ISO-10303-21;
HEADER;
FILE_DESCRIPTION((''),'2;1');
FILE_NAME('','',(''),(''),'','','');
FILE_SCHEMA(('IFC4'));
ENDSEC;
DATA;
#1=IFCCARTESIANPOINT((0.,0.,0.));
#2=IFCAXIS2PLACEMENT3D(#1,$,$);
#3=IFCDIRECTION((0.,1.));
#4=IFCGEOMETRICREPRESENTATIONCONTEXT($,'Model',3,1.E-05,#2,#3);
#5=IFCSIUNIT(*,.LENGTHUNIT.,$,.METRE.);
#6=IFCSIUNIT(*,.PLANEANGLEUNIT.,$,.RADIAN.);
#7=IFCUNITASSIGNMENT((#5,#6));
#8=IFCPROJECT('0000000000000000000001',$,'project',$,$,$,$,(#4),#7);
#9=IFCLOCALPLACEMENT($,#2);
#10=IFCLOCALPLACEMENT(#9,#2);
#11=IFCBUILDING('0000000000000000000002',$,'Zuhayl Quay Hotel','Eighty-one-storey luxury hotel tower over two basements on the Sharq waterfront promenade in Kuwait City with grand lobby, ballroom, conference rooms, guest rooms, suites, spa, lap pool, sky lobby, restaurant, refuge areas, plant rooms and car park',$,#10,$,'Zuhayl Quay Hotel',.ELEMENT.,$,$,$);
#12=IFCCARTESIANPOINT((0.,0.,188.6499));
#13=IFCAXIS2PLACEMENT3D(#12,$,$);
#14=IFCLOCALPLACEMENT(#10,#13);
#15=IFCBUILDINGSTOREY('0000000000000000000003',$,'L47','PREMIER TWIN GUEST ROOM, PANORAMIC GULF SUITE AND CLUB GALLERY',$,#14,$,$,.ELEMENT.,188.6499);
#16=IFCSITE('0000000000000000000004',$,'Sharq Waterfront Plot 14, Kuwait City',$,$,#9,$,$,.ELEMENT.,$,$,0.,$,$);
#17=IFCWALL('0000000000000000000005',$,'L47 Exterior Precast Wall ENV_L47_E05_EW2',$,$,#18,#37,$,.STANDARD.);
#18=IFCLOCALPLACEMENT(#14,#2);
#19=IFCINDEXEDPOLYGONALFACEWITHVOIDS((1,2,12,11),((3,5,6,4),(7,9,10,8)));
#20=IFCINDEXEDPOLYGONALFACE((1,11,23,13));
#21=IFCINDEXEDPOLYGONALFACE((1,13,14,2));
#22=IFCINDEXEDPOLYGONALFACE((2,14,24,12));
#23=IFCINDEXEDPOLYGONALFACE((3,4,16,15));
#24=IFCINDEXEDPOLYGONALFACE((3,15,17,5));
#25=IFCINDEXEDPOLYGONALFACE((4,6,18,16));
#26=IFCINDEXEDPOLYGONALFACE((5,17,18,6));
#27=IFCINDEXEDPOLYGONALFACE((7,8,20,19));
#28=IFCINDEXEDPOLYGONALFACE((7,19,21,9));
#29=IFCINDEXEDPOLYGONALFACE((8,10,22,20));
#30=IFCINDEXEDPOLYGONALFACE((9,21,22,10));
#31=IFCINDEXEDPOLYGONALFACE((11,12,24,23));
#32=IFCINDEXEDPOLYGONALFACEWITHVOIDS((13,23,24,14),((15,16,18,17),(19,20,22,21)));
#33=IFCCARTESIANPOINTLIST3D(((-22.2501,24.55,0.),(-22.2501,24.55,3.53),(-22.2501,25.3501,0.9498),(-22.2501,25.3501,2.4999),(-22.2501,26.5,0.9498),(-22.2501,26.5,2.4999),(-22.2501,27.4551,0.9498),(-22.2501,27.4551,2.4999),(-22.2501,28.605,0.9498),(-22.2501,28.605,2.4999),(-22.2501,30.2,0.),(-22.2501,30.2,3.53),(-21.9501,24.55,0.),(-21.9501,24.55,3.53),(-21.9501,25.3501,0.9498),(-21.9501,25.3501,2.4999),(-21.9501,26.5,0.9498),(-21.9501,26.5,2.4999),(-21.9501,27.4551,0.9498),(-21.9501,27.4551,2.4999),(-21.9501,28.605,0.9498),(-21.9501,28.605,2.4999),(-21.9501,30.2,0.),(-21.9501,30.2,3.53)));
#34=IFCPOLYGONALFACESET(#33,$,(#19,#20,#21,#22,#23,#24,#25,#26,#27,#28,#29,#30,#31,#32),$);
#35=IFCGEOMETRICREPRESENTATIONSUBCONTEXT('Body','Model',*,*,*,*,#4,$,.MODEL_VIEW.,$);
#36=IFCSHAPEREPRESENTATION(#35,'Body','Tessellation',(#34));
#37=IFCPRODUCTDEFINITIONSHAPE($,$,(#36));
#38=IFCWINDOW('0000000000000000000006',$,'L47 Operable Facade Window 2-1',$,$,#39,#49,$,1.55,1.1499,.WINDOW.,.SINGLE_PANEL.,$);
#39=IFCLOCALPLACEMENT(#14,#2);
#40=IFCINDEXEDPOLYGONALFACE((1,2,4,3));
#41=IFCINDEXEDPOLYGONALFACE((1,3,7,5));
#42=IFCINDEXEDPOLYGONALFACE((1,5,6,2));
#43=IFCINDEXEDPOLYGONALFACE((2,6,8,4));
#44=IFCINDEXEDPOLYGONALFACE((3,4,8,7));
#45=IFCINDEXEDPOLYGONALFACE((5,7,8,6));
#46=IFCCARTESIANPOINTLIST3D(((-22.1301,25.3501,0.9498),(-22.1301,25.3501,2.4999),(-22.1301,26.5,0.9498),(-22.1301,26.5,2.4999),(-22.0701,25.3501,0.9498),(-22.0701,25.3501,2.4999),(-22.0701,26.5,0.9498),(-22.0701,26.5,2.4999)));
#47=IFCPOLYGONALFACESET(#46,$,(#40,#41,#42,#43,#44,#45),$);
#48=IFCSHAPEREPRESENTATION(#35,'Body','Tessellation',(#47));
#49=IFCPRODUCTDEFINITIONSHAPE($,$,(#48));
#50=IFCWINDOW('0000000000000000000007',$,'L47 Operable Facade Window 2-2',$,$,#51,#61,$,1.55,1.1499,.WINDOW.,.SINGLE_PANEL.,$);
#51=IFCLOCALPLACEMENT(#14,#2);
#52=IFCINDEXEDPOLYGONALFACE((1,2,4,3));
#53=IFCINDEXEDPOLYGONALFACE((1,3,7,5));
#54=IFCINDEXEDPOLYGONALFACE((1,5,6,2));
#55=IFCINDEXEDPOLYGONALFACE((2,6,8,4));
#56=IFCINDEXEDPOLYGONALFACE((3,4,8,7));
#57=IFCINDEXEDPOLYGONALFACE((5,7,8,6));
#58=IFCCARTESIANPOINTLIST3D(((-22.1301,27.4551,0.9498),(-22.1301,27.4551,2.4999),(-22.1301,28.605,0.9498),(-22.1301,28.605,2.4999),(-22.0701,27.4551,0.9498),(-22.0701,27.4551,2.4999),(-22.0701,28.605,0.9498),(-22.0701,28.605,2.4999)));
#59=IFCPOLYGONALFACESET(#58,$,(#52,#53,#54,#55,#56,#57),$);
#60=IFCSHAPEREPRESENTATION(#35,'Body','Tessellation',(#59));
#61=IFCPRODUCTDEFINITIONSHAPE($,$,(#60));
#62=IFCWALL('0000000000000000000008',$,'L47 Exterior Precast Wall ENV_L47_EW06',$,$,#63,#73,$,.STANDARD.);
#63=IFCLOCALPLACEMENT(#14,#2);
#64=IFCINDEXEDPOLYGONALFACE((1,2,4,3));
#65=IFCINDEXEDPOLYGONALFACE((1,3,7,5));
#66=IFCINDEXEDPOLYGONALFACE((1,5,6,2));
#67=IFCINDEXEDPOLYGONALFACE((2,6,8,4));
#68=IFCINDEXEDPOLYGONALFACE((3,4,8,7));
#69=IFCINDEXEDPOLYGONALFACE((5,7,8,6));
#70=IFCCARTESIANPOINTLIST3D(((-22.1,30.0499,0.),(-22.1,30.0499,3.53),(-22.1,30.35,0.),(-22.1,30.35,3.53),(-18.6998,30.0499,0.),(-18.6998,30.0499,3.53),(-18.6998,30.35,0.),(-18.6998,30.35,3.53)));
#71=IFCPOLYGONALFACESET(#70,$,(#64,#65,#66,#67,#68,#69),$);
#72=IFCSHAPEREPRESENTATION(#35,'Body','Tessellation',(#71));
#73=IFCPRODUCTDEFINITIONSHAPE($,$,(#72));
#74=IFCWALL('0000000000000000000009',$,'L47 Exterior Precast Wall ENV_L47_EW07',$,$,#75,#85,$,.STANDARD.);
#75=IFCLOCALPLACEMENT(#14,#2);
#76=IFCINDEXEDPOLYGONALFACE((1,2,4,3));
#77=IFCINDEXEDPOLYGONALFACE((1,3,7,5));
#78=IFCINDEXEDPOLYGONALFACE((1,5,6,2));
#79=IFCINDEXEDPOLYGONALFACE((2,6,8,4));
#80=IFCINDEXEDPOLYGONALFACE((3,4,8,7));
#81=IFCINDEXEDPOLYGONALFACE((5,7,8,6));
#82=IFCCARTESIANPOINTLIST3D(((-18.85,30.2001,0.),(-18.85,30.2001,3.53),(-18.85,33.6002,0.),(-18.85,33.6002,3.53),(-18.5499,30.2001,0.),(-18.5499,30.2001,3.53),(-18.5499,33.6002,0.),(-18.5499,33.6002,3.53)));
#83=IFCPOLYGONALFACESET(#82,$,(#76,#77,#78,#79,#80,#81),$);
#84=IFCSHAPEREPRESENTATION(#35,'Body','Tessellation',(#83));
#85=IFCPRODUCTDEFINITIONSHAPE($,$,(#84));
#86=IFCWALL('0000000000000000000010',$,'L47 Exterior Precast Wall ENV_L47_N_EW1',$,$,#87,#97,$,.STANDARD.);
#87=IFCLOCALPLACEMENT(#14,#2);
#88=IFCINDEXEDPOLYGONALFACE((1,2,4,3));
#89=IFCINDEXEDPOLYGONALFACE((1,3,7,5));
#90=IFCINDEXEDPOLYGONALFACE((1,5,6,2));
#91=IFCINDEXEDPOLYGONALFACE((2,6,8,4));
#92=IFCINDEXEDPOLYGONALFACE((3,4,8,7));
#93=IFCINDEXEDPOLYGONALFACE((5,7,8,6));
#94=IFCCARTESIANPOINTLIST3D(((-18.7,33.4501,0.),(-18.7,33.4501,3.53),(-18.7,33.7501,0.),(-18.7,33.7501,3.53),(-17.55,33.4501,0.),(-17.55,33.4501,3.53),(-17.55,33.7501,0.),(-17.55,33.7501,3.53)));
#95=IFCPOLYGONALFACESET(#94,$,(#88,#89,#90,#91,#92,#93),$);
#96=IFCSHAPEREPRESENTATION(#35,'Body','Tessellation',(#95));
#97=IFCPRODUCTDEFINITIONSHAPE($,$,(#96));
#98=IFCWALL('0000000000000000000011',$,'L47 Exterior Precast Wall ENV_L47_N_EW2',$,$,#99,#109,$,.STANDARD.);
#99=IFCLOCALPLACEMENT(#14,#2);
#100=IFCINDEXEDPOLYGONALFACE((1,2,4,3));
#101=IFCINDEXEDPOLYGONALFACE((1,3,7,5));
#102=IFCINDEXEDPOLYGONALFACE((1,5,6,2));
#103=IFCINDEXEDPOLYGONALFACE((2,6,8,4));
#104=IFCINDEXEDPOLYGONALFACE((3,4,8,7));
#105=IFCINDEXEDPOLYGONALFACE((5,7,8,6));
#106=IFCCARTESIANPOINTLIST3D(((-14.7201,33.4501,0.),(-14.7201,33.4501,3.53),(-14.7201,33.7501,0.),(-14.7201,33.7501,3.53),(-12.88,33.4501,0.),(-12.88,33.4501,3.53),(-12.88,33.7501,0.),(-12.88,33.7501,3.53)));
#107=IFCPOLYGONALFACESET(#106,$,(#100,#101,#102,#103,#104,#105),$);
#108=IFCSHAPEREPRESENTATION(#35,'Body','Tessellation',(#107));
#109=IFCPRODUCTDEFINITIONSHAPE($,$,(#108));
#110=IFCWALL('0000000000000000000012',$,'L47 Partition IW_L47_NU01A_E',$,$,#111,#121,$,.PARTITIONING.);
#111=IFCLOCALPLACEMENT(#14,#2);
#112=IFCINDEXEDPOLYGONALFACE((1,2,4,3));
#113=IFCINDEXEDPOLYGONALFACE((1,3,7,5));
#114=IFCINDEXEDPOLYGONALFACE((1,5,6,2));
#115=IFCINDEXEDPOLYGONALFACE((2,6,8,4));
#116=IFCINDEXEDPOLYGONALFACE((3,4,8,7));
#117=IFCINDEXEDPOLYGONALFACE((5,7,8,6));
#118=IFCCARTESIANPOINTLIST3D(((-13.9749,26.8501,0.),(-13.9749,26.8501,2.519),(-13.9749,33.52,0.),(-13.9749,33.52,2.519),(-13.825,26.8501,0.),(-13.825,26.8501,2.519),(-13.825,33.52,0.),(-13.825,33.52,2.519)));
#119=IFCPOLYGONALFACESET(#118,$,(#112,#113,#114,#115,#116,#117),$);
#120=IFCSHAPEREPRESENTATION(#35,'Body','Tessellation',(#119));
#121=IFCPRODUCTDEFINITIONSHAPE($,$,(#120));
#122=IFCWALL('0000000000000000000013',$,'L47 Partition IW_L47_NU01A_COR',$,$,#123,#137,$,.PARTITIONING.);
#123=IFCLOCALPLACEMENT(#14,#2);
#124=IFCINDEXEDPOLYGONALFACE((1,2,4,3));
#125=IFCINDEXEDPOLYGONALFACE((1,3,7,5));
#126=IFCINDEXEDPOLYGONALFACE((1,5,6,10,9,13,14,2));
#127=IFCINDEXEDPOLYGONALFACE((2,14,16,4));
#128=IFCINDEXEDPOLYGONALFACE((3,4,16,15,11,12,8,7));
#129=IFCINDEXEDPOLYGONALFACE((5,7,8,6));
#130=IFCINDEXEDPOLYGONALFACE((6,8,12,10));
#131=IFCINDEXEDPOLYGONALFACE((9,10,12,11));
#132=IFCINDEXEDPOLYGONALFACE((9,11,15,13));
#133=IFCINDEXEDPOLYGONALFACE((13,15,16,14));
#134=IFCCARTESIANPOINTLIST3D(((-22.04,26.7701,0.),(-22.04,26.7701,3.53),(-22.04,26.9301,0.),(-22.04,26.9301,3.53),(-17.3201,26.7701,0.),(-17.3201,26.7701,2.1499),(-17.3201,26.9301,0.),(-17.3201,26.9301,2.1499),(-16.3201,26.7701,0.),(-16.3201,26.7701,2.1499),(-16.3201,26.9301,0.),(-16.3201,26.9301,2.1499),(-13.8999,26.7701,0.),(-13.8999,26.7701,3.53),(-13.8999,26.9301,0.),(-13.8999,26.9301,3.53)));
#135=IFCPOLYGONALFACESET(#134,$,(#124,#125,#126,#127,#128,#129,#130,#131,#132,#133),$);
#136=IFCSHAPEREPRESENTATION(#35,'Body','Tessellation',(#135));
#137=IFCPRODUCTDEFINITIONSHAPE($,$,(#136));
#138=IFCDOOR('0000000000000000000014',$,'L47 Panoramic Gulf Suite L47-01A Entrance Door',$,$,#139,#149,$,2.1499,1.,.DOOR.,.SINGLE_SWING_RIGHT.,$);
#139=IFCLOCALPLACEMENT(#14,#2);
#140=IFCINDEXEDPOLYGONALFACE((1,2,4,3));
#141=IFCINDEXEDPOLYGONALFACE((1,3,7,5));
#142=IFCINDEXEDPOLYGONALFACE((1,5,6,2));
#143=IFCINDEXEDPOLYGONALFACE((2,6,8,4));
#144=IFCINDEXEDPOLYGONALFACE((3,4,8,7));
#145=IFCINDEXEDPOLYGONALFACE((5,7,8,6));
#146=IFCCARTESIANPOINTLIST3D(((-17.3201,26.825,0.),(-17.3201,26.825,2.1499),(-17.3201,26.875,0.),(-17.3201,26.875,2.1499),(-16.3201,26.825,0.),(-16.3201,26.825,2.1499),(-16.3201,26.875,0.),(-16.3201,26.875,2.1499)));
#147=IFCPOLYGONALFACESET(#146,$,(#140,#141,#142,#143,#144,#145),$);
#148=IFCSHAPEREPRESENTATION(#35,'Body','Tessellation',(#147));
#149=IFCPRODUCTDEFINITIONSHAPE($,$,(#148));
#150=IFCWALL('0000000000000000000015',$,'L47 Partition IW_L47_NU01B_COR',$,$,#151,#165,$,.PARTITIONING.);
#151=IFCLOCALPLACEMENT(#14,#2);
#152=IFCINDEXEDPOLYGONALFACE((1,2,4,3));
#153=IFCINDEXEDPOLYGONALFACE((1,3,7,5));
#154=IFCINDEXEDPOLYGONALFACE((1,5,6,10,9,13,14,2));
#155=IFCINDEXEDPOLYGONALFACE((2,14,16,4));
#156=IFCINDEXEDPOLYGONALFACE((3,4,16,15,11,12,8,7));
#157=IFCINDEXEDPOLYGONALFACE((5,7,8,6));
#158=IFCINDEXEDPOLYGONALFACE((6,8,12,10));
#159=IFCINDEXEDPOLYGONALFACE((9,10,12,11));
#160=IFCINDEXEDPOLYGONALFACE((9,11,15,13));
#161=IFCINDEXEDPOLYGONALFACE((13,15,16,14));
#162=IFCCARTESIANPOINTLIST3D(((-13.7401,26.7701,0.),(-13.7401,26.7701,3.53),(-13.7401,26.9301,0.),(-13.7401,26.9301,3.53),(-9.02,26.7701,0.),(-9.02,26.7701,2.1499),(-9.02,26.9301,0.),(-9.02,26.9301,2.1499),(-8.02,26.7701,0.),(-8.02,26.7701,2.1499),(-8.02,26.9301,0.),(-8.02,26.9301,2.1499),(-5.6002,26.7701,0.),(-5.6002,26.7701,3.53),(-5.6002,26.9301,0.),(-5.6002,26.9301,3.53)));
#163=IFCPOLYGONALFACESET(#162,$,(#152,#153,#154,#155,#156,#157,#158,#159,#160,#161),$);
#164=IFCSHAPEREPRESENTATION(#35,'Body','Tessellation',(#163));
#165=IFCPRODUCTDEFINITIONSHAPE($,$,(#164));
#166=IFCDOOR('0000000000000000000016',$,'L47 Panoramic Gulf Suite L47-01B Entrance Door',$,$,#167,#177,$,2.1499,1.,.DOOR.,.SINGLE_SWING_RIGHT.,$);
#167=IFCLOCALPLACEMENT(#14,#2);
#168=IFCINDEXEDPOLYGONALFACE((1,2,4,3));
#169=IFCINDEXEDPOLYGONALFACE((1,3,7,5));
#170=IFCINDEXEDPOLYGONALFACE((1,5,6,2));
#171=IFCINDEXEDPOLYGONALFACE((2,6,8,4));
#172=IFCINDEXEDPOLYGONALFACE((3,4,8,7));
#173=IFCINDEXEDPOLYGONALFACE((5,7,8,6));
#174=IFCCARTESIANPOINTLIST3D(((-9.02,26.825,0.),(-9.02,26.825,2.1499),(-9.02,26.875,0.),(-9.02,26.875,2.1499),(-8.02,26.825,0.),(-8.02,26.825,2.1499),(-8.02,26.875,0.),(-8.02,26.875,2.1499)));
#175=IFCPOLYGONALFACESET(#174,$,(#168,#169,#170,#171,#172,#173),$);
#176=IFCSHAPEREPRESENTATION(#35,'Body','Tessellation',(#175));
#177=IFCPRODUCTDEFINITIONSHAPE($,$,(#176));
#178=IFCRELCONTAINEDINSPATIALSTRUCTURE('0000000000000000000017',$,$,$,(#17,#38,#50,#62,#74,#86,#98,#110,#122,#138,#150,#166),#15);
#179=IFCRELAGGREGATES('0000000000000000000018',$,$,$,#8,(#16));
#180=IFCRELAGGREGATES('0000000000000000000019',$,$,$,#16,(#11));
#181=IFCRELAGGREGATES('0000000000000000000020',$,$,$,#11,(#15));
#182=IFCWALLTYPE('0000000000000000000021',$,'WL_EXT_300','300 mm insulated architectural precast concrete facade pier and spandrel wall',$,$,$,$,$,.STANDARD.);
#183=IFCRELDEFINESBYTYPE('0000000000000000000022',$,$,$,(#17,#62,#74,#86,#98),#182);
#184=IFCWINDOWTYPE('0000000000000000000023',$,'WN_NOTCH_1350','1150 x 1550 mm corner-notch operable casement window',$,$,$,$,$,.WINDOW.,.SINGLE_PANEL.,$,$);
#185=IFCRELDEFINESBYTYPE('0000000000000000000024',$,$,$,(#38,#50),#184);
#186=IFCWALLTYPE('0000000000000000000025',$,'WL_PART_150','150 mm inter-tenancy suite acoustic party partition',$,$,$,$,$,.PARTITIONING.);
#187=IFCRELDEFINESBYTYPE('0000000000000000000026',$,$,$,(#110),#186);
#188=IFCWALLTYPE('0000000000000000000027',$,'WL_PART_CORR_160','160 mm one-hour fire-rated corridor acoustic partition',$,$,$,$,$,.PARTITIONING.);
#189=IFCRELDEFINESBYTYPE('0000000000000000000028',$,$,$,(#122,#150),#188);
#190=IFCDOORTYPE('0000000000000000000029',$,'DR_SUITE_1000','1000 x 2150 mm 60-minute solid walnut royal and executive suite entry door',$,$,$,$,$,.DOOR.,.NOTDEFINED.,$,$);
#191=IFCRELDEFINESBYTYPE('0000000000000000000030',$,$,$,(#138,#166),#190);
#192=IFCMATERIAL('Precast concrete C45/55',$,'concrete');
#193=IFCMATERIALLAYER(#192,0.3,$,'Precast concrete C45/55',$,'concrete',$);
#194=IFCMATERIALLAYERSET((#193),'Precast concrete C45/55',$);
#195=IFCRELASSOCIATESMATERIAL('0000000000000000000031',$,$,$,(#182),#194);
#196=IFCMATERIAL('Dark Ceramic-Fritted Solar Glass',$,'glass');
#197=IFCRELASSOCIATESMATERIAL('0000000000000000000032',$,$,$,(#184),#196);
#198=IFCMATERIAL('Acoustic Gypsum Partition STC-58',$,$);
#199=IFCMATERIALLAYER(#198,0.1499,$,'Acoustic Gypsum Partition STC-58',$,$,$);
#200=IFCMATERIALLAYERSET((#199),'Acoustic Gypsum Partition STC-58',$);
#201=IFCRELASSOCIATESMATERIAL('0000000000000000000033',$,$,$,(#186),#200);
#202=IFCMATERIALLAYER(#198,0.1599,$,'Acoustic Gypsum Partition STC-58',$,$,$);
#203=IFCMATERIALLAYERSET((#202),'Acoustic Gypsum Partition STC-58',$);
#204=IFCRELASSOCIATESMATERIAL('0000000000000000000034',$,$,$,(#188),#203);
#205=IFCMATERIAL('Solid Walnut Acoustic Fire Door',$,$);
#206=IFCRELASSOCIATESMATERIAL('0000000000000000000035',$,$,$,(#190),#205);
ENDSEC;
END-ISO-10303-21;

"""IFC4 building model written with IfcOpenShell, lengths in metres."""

from ifc_helpers import new_model, si_unit, direction, frame, frame_2d, origin, place, context, subcontext, project, spatial, rectangle, extrude, material, layer, layer_set, type_object, element, fill, save


model = new_model("IFC4")

# Units and contexts
model_context = context("Model", 3, precision=1e-05, world=origin(), true_north=direction((0.0, 1.0)))
body_context = subcontext(model_context, "Body", "Model", "MODEL_VIEW")
ifc_project = project(units=[si_unit("LENGTHUNIT", "METRE"), si_unit("PLANEANGLEUNIT", "RADIAN")], contexts=[model_context])

# Site, building, storey
site_placement = place(None, origin())
site = spatial("IfcSite", under=ifc_project, at=site_placement, Name="Sharq Waterfront Plot 14, Kuwait City", CompositionType="ELEMENT", RefElevation=0.0)
building_placement = place(site_placement, origin())
building = spatial("IfcBuilding", under=site, at=building_placement, Name="Zuhayl Quay Hotel", Description="Eighty-one-storey luxury hotel tower over two basements on the Sharq waterfront promenade in Kuwait City with grand lobby, ballroom, conference rooms, guest rooms, suites, spa, lap pool, sky lobby, restaurant, refuge areas, plant rooms and car park", LongName="Zuhayl Quay Hotel", CompositionType="ELEMENT")
storey_placement = place(building_placement, frame((0.0, 0.0, 188.6499)))
storey = spatial("IfcBuildingStorey", under=building, at=storey_placement, Name="L47", Description="PREMIER TWIN GUEST ROOM, PANORAMIC GULF SUITE AND CLUB GALLERY", CompositionType="ELEMENT", Elevation=188.6499)

# Shared definitions
ifc_material_1 = material(Name="Dark Ceramic-Fritted Solar Glass", Category="glass")

# Wall, openings, windows
ifc_material_2 = material(Name="Precast concrete C45/55", Category="concrete")
ifc_layer_1 = layer(ifc_material_2, 0.3, Name="Precast concrete C45/55", Category="concrete")
ifc_layer_set_1 = layer_set([ifc_layer_1], Name="Precast concrete C45/55")
wall_type_1 = type_object("IfcWallType", Name="WL_EXT_300", Description="300 mm insulated architectural precast concrete facade pier and spandrel wall", PredefinedType="STANDARD", material=ifc_layer_set_1)
wall_1_placement = place(storey_placement, frame((-22.1001, 24.55, 0.0), z_axis=(0.0, 0.0, 1.0), x_axis=(0.0, 1.0, 0.0)))
wall_1 = element("IfcWall", 1, at=wall_1_placement, inside=storey, type_object=wall_type_1, Name="L47 Exterior Precast Wall ENV_L47_E05_EW2", PredefinedType="STANDARD", context=body_context, shape_type="SweptSolid", body=[
    extrude(rectangle(XDim=5.6499, YDim=0.3, at=frame_2d((2.825, 0.0))), origin(), (0.0, 0.0, 1.0), 3.53),
])
opening_1_placement = place(wall_1_placement, frame((0.8, 0.0, 0.95)))
opening_1 = element("IfcOpeningElement", 2, at=opening_1_placement, cuts=wall_1, PredefinedType="OPENING", context=body_context, shape_type="SweptSolid", body=[
    extrude(rectangle(XDim=1.1499, YDim=1.55, at=frame_2d((0.575, 0.7749))), frame((0.0, 0.1599, 0.0), z_axis=(0.0, -1.0, 0.0), x_axis=(1.0, 0.0, 0.0)), (0.0, 0.0, 1.0), 0.3201),
])
opening_2_placement = place(wall_1_placement, frame((2.905, 0.0, 0.95)))
opening_2 = element("IfcOpeningElement", 3, at=opening_2_placement, cuts=wall_1, PredefinedType="OPENING", context=body_context, shape_type="SweptSolid", body=[
    extrude(rectangle(XDim=1.1499, YDim=1.55, at=frame_2d((0.575, 0.7749))), frame((0.0, 0.1599, 0.0), z_axis=(0.0, -1.0, 0.0), x_axis=(1.0, 0.0, 0.0)), (0.0, 0.0, 1.0), 0.3201),
])
window_type = type_object("IfcWindowType", Name="WN_NOTCH_1350", Description="1150 x 1550 mm corner-notch operable casement window", PartitioningType="SINGLE_PANEL", PredefinedType="WINDOW", material=ifc_material_1)
window_1_placement = place(opening_1_placement, origin())
window_1 = element("IfcWindow", 4, at=window_1_placement, inside=storey, type_object=window_type, Name="L47 Operable Facade Window 2-1", OverallHeight=1.55, OverallWidth=1.1499, PartitioningType="SINGLE_PANEL", PredefinedType="WINDOW", context=body_context, shape_type="SweptSolid", body=[
    extrude(rectangle(XDim=1.1499, YDim=1.55, at=frame_2d((0.575, 0.7749))), frame((0.0, 0.03, 0.0), z_axis=(0.0, -1.0, 0.0), x_axis=(1.0, 0.0, 0.0)), (0.0, 0.0, 1.0), 0.0601),
])
fill(opening_1, window_1)
window_2_placement = place(opening_2_placement, origin())
window_2 = element("IfcWindow", 5, at=window_2_placement, inside=storey, type_object=window_type, Name="L47 Operable Facade Window 2-2", OverallHeight=1.55, OverallWidth=1.1499, PartitioningType="SINGLE_PANEL", PredefinedType="WINDOW", context=body_context, shape_type="SweptSolid", body=[
    extrude(rectangle(XDim=1.1499, YDim=1.55, at=frame_2d((0.575, 0.7749))), frame((0.0, 0.03, 0.0), z_axis=(0.0, -1.0, 0.0), x_axis=(1.0, 0.0, 0.0)), (0.0, 0.0, 1.0), 0.0601),
])
fill(opening_2, window_2)

# Walls
for number, where, z_axis, x_axis, name in (
    (6, (-22.1001, 30.2, 0.0), (0.0, 0.0, 1.0), (1.0, 0.0, 0.0), "L47 Exterior Precast Wall ENV_L47_EW06"),
    (7, (-18.7, 30.2, 0.0), (0.0, 0.0, 1.0), (0.0, 1.0, 0.0), "L47 Exterior Precast Wall ENV_L47_EW07"),
):
    element("IfcWall", number, at=place(storey_placement, frame(where, z_axis=z_axis, x_axis=x_axis)), inside=storey, type_object=wall_type_1, Name=name, PredefinedType="STANDARD", context=body_context, shape_type="SweptSolid", body=[
        extrude(rectangle(XDim=3.4001, YDim=0.3, at=frame_2d((1.7002, 0.0))), origin(), (0.0, 0.0, 1.0), 3.53),
    ])
wall_2_placement = place(storey_placement, frame((-18.7, 33.6001, 0.0), z_axis=(0.0, 0.0, 1.0), x_axis=(1.0, 0.0, 0.0)))
element("IfcWall", 8, at=wall_2_placement, inside=storey, type_object=wall_type_1, Name="L47 Exterior Precast Wall ENV_L47_N_EW1", PredefinedType="STANDARD", context=body_context, shape_type="SweptSolid", body=[
    extrude(rectangle(XDim=1.1499, YDim=0.3, at=frame_2d((0.575, 0.0))), origin(), (0.0, 0.0, 1.0), 3.53),
])
wall_3_placement = place(storey_placement, frame((-14.72, 33.6001, 0.0), z_axis=(0.0, 0.0, 1.0), x_axis=(1.0, 0.0, 0.0)))
element("IfcWall", 9, at=wall_3_placement, inside=storey, type_object=wall_type_1, Name="L47 Exterior Precast Wall ENV_L47_N_EW2", PredefinedType="STANDARD", context=body_context, shape_type="SweptSolid", body=[
    extrude(rectangle(XDim=1.8401, YDim=0.3, at=frame_2d((0.9199, 0.0))), origin(), (0.0, 0.0, 1.0), 3.53),
])
ifc_material_3 = material(Name="Acoustic Gypsum Partition STC-58")
ifc_layer_2 = layer(ifc_material_3, 0.1499, Name="Acoustic Gypsum Partition STC-58")
ifc_layer_set_2 = layer_set([ifc_layer_2], Name="Acoustic Gypsum Partition STC-58")
wall_type_2 = type_object("IfcWallType", Name="WL_PART_150", Description="150 mm inter-tenancy suite acoustic party partition", PredefinedType="PARTITIONING", material=ifc_layer_set_2)
wall_4_placement = place(storey_placement, frame((-13.8999, 26.8501, 0.0), z_axis=(0.0, 0.0, 1.0), x_axis=(0.0, 1.0, 0.0)))
element("IfcWall", 10, at=wall_4_placement, inside=storey, type_object=wall_type_2, Name="L47 Partition IW_L47_NU01A_E", PredefinedType="PARTITIONING", context=body_context, shape_type="SweptSolid", body=[
    extrude(rectangle(XDim=6.6699, YDim=0.1499, at=frame_2d((3.335, 0.0))), origin(), (0.0, 0.0, 1.0), 2.519),
])

# Walls, openings, doors
ifc_layer_3 = layer(ifc_material_3, 0.1599, Name="Acoustic Gypsum Partition STC-58")
ifc_layer_set_3 = layer_set([ifc_layer_3], Name="Acoustic Gypsum Partition STC-58")
wall_type_3 = type_object("IfcWallType", Name="WL_PART_CORR_160", Description="160 mm one-hour fire-rated corridor acoustic partition", PredefinedType="PARTITIONING", material=ifc_layer_set_3)
wall_5_placement = place(storey_placement, frame((-22.04, 26.8501, 0.0), z_axis=(0.0, 0.0, 1.0), x_axis=(1.0, 0.0, 0.0)))
wall_5 = element("IfcWall", 11, at=wall_5_placement, inside=storey, type_object=wall_type_3, Name="L47 Partition IW_L47_NU01A_COR", PredefinedType="PARTITIONING", context=body_context, shape_type="SweptSolid", body=[
    extrude(rectangle(XDim=8.1401, YDim=0.1599, at=frame_2d((4.0701, 0.0))), origin(), (0.0, 0.0, 1.0), 3.53),
])
opening_3_placement = place(wall_5_placement, frame((4.72, 0.0, 0.0)))
opening_3 = element("IfcOpeningElement", 12, at=opening_3_placement, cuts=wall_5, PredefinedType="OPENING", context=body_context, shape_type="SweptSolid", body=[
    extrude(rectangle(XDim=1.0, YDim=2.1499, at=frame_2d((0.5, 1.075))), frame((0.0, 0.0898, 0.0), z_axis=(0.0, -1.0, 0.0), x_axis=(1.0, 0.0, 0.0)), (0.0, 0.0, 1.0), 0.1799),
])
ifc_material_4 = material(Name="Solid Walnut Acoustic Fire Door")
door_type_1 = type_object("IfcDoorType", Name="DR_SUITE_1000", Description="1000 x 2150 mm 60-minute solid walnut royal and executive suite entry door", OperationType="NOTDEFINED", PredefinedType="DOOR", material=ifc_material_4)
door_1_placement = place(opening_3_placement, origin())
door_1 = element("IfcDoor", 13, at=door_1_placement, inside=storey, type_object=door_type_1, Name="L47 Panoramic Gulf Suite L47-01A Entrance Door", OperationType="SINGLE_SWING_RIGHT", OverallHeight=2.1499, OverallWidth=1.0, PredefinedType="DOOR", context=body_context, shape_type="SweptSolid", body=[
    extrude(rectangle(XDim=1.0, YDim=2.1499, at=frame_2d((0.5, 1.075))), frame((0.0, 0.0249, 0.0), z_axis=(0.0, -1.0, 0.0), x_axis=(1.0, 0.0, 0.0)), (0.0, 0.0, 1.0), 0.05),
])
fill(opening_3, door_1)
wall_6_placement = place(storey_placement, frame((-13.74, 26.8501, 0.0), z_axis=(0.0, 0.0, 1.0), x_axis=(1.0, 0.0, 0.0)))
wall_6 = element("IfcWall", 14, at=wall_6_placement, inside=storey, type_object=wall_type_3, Name="L47 Partition IW_L47_NU01B_COR", PredefinedType="PARTITIONING", context=body_context, shape_type="SweptSolid", body=[
    extrude(rectangle(XDim=8.1399, YDim=0.1599, at=frame_2d((4.0698, 0.0))), origin(), (0.0, 0.0, 1.0), 3.53),
])
opening_4_placement = place(wall_6_placement, frame((4.72, 0.0, 0.0)))
opening_4 = element("IfcOpeningElement", 15, at=opening_4_placement, cuts=wall_6, PredefinedType="OPENING", context=body_context, shape_type="SweptSolid", body=[
    extrude(rectangle(XDim=1.0, YDim=2.1499, at=frame_2d((0.5, 1.075))), frame((0.0, 0.0898, 0.0), z_axis=(0.0, -1.0, 0.0), x_axis=(1.0, 0.0, 0.0)), (0.0, 0.0, 1.0), 0.1799),
])
door_2_placement = place(opening_4_placement, origin())
door_2 = element("IfcDoor", 16, at=door_2_placement, inside=storey, type_object=door_type_1, Name="L47 Panoramic Gulf Suite L47-01B Entrance Door", OperationType="SINGLE_SWING_RIGHT", OverallHeight=2.1499, OverallWidth=1.0, PredefinedType="DOOR", context=body_context, shape_type="SweptSolid", body=[
    extrude(rectangle(XDim=1.0, YDim=2.1499, at=frame_2d((0.5, 1.075))), frame((0.0, 0.0249, 0.0), z_axis=(0.0, -1.0, 0.0), x_axis=(1.0, 0.0, 0.0)), (0.0, 0.0, 1.0), 0.05),
])
fill(opening_4, door_2)

save(model, "model.ifc")
